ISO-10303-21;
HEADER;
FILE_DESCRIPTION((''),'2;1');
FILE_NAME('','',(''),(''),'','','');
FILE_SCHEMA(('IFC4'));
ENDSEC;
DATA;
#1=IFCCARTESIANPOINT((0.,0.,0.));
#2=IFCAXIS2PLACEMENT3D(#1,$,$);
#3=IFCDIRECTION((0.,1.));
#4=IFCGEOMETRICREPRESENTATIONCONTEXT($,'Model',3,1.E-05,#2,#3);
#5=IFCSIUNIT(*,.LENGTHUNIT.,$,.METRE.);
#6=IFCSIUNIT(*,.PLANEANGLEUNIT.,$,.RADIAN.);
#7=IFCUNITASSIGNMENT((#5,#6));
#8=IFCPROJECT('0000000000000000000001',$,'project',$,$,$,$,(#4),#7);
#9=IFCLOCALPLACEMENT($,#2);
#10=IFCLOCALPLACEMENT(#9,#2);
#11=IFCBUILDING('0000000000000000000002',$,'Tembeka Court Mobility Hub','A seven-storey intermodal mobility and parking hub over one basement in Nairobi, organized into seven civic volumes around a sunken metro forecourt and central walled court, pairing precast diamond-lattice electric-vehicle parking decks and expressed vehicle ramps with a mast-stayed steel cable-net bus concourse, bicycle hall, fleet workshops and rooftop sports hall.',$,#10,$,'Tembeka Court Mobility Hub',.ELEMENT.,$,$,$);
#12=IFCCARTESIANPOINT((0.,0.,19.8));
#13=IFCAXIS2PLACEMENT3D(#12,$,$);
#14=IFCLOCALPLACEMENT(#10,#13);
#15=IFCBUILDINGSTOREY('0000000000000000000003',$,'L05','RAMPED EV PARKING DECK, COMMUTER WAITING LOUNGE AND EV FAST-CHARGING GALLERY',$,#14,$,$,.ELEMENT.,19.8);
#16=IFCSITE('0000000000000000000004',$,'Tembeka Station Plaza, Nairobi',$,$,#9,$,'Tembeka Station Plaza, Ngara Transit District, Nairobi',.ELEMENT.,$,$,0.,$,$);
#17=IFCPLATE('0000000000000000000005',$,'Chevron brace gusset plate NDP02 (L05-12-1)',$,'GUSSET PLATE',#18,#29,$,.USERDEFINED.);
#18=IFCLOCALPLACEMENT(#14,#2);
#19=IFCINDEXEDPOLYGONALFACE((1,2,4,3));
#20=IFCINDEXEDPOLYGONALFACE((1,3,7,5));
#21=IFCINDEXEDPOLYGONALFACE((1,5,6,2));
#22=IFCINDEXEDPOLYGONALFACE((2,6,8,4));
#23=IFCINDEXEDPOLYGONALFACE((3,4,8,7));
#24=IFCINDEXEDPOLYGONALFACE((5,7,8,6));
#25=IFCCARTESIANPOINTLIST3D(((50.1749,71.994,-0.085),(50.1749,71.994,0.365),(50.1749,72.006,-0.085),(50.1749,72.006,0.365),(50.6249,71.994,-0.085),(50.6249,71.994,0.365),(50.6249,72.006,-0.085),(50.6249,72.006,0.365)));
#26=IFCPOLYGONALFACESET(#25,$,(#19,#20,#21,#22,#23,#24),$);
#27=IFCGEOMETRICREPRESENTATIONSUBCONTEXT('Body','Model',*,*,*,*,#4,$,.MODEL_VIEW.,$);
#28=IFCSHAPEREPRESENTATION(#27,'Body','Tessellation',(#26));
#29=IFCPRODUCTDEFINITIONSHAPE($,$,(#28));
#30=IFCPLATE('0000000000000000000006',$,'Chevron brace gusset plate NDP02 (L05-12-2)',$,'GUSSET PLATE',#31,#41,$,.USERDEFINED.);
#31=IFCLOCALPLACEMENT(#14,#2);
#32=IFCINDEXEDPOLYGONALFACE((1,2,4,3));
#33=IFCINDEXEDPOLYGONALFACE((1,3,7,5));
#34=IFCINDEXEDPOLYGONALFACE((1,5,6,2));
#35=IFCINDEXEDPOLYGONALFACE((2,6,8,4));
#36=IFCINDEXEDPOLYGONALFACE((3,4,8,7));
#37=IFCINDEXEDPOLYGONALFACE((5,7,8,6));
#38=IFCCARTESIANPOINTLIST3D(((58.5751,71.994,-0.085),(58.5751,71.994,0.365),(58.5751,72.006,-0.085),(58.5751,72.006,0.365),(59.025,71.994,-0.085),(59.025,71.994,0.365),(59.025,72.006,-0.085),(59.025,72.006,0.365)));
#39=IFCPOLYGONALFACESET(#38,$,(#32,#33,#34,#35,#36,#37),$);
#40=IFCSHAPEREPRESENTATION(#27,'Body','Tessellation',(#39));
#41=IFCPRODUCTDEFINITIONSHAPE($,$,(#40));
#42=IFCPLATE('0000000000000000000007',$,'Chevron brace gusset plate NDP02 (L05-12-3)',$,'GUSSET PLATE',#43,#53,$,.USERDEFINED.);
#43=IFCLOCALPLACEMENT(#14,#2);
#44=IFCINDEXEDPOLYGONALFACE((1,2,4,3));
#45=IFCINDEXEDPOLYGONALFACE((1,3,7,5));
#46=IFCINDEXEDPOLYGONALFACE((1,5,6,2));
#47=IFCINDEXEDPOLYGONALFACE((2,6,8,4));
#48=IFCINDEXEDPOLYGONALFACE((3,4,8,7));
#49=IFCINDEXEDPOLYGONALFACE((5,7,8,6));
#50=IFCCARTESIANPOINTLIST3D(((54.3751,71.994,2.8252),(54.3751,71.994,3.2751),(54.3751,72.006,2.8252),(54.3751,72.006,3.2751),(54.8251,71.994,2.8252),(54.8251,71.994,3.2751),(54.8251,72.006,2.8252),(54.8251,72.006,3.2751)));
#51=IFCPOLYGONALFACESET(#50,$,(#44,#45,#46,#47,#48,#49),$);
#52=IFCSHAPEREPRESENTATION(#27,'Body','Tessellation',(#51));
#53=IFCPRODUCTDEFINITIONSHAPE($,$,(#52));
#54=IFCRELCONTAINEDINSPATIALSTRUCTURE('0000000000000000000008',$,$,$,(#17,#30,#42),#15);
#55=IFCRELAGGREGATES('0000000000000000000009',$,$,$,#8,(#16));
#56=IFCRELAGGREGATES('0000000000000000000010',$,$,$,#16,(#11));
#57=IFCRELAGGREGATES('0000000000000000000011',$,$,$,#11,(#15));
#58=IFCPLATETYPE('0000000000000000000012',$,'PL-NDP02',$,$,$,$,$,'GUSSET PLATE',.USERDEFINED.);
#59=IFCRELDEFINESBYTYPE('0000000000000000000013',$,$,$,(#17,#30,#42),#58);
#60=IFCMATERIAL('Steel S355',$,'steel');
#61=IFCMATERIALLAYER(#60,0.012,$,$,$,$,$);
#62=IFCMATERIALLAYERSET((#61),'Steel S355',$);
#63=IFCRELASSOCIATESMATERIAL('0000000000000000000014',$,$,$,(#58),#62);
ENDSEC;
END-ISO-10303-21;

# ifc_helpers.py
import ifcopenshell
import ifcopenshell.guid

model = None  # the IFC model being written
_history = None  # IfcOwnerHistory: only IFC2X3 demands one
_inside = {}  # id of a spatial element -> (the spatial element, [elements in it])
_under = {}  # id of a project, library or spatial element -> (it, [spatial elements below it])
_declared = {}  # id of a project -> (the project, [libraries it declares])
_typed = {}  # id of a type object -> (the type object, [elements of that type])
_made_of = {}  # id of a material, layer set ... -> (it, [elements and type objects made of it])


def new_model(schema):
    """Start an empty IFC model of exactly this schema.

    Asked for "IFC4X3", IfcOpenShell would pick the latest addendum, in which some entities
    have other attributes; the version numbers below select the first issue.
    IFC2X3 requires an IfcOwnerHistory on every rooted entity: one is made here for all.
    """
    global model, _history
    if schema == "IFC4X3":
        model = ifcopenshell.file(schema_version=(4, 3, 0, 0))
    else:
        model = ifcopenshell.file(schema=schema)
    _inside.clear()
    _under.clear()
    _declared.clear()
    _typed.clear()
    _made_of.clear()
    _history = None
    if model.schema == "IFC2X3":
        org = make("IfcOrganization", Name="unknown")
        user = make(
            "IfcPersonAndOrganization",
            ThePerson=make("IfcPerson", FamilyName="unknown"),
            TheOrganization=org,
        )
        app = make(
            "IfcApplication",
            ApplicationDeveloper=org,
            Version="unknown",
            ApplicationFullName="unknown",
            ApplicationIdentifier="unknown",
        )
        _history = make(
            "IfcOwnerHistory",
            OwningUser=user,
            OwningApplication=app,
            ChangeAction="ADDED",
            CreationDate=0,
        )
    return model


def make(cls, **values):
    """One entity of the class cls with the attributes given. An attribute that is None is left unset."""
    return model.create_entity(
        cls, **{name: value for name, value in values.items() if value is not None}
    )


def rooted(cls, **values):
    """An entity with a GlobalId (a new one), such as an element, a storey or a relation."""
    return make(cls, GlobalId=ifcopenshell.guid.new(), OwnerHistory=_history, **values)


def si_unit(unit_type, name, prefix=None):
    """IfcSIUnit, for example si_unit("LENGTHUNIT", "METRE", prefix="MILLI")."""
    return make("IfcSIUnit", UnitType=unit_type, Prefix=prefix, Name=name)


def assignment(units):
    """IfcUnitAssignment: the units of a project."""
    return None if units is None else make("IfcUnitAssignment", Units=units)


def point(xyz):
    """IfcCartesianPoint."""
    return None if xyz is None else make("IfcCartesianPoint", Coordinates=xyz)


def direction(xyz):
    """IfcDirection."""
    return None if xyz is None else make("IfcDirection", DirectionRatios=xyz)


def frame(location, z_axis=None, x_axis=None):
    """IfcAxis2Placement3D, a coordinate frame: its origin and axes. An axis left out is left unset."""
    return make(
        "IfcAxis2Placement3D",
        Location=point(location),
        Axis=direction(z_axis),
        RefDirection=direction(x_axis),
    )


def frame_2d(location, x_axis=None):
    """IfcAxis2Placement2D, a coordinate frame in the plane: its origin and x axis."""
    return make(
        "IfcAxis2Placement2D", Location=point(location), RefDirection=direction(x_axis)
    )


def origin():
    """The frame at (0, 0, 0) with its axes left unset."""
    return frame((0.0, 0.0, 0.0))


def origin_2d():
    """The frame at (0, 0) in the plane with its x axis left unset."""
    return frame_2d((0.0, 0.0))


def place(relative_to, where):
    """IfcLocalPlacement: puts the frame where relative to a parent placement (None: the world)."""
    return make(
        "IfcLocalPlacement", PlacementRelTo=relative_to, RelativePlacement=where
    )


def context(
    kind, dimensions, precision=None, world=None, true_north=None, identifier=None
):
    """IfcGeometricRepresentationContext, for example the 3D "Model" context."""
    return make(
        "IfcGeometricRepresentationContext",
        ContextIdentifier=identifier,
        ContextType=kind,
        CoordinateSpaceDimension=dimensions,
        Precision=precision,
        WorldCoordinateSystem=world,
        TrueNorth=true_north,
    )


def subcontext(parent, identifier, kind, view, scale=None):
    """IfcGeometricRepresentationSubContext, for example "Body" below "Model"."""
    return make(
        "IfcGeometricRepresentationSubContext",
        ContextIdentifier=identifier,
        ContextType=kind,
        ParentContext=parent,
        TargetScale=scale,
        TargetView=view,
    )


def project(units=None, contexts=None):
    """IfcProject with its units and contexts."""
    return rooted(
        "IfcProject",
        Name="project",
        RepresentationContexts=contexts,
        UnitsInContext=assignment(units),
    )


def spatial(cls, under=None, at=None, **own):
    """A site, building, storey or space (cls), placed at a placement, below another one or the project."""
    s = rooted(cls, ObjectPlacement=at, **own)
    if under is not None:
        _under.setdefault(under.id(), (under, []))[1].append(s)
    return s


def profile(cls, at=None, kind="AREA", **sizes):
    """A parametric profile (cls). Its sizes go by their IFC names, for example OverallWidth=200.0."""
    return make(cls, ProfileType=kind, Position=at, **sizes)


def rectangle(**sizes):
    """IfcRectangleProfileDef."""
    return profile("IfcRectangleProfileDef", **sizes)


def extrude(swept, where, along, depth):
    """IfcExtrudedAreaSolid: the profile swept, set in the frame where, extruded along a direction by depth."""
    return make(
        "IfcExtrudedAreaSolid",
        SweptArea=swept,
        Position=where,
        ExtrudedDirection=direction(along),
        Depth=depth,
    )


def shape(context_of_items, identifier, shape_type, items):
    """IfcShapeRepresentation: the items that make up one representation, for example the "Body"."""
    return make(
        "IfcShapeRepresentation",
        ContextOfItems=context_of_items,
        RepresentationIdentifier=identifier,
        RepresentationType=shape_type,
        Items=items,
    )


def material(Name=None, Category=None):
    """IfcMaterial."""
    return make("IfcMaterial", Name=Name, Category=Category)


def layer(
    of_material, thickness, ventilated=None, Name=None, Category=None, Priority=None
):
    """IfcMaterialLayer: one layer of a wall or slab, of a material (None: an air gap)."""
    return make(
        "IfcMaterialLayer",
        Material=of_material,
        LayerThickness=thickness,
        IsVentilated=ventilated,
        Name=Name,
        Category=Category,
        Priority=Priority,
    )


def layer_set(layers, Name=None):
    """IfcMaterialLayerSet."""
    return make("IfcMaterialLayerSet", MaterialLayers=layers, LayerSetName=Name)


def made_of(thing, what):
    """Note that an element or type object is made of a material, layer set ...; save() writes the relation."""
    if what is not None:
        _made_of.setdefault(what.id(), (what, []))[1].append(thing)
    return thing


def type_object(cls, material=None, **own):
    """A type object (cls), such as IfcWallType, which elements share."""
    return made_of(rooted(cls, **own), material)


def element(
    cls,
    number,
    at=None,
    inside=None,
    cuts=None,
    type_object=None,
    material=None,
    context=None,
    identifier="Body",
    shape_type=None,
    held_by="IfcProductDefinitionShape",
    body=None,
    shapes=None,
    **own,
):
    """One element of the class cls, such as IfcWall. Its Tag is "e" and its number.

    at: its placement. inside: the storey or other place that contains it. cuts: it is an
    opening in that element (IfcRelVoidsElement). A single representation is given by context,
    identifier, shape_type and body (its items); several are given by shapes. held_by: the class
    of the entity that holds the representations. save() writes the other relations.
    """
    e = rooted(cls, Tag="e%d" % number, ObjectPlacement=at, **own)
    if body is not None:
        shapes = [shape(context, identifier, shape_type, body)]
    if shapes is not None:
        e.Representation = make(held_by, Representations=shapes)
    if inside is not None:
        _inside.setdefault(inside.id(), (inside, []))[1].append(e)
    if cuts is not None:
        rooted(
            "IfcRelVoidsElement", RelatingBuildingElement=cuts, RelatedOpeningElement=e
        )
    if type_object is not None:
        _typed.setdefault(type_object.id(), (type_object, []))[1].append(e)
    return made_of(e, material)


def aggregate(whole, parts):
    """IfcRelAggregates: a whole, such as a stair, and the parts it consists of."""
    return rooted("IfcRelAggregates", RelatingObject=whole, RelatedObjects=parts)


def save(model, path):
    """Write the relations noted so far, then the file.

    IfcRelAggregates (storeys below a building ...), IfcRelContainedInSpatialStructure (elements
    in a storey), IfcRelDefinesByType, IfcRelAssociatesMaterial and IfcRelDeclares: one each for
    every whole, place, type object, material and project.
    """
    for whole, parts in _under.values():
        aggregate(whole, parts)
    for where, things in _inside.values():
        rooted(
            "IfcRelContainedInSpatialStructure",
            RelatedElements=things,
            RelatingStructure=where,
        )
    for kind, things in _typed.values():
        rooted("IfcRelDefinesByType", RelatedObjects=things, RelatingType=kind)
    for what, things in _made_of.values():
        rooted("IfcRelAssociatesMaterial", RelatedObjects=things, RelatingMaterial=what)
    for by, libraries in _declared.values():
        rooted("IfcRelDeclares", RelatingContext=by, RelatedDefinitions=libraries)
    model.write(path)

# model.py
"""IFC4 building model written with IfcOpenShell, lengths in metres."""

from ifc_helpers import new_model, si_unit, direction, frame, origin, origin_2d, place, context, subcontext, project, spatial, rectangle, extrude, material, layer, layer_set, type_object, element, save


model = new_model("IFC4")

# Units and contexts
model_context = context("Model", 3, precision=1e-05, world=origin(), true_north=direction((0.0, 1.0)))
body_context = subcontext(model_context, "Body", "Model", "MODEL_VIEW")
ifc_project = project(units=[si_unit("LENGTHUNIT", "METRE"), si_unit("PLANEANGLEUNIT", "RADIAN")], contexts=[model_context])

# Site, building, storey
site_placement = place(None, origin())
site = spatial("IfcSite", under=ifc_project, at=site_placement, Name="Tembeka Station Plaza, Nairobi", LongName="Tembeka Station Plaza, Ngara Transit District, Nairobi", CompositionType="ELEMENT", RefElevation=0.0)
building_placement = place(site_placement, origin())
building = spatial("IfcBuilding", under=site, at=building_placement, Name="Tembeka Court Mobility Hub", Description="A seven-storey intermodal mobility and parking hub over one basement in Nairobi, organized into seven civic volumes around a sunken metro forecourt and central walled court, pairing precast diamond-lattice electric-vehicle parking decks and expressed vehicle ramps with a mast-stayed steel cable-net bus concourse, bicycle hall, fleet workshops and rooftop sports hall.", LongName="Tembeka Court Mobility Hub", CompositionType="ELEMENT")
storey_placement = place(building_placement, frame((0.0, 0.0, 19.8)))
storey = spatial("IfcBuildingStorey", under=building, at=storey_placement, Name="L05", Description="RAMPED EV PARKING DECK, COMMUTER WAITING LOUNGE AND EV FAST-CHARGING GALLERY", CompositionType="ELEMENT", Elevation=19.8)

# Shared definitions
ifc_material_1 = material(Name="Steel S355", Category="steel")

# Plates
ifc_layer = layer(ifc_material_1, 0.012)
ifc_layer_set = layer_set([ifc_layer], Name="Steel S355")
plate_type = type_object("IfcPlateType", Name="PL-NDP02", ElementType="GUSSET PLATE", PredefinedType="USERDEFINED", material=ifc_layer_set)
for number, where, z_axis, x_axis, name in (
    (1, (50.3999, 72.0, -0.085), (0.0, 0.0, 1.0), (1.0, 0.0, 0.0), "Chevron brace gusset plate NDP02 (L05-12-1)"),
    (2, (58.8, 72.0, -0.085), (0.0, 0.0, 1.0), (1.0, 0.0, 0.0), "Chevron brace gusset plate NDP02 (L05-12-2)"),
    (3, (54.6001, 72.0, 2.8252), (0.0, 0.0, 1.0), (1.0, 0.0, 0.0), "Chevron brace gusset plate NDP02 (L05-12-3)"),
):
    element("IfcPlate", number, at=place(storey_placement, frame(where, z_axis=z_axis, x_axis=x_axis)), inside=storey, type_object=plate_type, Name=name, ObjectType="GUSSET PLATE", PredefinedType="USERDEFINED", context=body_context, shape_type="SweptSolid", body=[
        extrude(rectangle(XDim=0.45, YDim=0.012, at=origin_2d()), origin(), (0.0, 0.0, 1.0), 0.45),
    ])

save(model, "model.ifc")
